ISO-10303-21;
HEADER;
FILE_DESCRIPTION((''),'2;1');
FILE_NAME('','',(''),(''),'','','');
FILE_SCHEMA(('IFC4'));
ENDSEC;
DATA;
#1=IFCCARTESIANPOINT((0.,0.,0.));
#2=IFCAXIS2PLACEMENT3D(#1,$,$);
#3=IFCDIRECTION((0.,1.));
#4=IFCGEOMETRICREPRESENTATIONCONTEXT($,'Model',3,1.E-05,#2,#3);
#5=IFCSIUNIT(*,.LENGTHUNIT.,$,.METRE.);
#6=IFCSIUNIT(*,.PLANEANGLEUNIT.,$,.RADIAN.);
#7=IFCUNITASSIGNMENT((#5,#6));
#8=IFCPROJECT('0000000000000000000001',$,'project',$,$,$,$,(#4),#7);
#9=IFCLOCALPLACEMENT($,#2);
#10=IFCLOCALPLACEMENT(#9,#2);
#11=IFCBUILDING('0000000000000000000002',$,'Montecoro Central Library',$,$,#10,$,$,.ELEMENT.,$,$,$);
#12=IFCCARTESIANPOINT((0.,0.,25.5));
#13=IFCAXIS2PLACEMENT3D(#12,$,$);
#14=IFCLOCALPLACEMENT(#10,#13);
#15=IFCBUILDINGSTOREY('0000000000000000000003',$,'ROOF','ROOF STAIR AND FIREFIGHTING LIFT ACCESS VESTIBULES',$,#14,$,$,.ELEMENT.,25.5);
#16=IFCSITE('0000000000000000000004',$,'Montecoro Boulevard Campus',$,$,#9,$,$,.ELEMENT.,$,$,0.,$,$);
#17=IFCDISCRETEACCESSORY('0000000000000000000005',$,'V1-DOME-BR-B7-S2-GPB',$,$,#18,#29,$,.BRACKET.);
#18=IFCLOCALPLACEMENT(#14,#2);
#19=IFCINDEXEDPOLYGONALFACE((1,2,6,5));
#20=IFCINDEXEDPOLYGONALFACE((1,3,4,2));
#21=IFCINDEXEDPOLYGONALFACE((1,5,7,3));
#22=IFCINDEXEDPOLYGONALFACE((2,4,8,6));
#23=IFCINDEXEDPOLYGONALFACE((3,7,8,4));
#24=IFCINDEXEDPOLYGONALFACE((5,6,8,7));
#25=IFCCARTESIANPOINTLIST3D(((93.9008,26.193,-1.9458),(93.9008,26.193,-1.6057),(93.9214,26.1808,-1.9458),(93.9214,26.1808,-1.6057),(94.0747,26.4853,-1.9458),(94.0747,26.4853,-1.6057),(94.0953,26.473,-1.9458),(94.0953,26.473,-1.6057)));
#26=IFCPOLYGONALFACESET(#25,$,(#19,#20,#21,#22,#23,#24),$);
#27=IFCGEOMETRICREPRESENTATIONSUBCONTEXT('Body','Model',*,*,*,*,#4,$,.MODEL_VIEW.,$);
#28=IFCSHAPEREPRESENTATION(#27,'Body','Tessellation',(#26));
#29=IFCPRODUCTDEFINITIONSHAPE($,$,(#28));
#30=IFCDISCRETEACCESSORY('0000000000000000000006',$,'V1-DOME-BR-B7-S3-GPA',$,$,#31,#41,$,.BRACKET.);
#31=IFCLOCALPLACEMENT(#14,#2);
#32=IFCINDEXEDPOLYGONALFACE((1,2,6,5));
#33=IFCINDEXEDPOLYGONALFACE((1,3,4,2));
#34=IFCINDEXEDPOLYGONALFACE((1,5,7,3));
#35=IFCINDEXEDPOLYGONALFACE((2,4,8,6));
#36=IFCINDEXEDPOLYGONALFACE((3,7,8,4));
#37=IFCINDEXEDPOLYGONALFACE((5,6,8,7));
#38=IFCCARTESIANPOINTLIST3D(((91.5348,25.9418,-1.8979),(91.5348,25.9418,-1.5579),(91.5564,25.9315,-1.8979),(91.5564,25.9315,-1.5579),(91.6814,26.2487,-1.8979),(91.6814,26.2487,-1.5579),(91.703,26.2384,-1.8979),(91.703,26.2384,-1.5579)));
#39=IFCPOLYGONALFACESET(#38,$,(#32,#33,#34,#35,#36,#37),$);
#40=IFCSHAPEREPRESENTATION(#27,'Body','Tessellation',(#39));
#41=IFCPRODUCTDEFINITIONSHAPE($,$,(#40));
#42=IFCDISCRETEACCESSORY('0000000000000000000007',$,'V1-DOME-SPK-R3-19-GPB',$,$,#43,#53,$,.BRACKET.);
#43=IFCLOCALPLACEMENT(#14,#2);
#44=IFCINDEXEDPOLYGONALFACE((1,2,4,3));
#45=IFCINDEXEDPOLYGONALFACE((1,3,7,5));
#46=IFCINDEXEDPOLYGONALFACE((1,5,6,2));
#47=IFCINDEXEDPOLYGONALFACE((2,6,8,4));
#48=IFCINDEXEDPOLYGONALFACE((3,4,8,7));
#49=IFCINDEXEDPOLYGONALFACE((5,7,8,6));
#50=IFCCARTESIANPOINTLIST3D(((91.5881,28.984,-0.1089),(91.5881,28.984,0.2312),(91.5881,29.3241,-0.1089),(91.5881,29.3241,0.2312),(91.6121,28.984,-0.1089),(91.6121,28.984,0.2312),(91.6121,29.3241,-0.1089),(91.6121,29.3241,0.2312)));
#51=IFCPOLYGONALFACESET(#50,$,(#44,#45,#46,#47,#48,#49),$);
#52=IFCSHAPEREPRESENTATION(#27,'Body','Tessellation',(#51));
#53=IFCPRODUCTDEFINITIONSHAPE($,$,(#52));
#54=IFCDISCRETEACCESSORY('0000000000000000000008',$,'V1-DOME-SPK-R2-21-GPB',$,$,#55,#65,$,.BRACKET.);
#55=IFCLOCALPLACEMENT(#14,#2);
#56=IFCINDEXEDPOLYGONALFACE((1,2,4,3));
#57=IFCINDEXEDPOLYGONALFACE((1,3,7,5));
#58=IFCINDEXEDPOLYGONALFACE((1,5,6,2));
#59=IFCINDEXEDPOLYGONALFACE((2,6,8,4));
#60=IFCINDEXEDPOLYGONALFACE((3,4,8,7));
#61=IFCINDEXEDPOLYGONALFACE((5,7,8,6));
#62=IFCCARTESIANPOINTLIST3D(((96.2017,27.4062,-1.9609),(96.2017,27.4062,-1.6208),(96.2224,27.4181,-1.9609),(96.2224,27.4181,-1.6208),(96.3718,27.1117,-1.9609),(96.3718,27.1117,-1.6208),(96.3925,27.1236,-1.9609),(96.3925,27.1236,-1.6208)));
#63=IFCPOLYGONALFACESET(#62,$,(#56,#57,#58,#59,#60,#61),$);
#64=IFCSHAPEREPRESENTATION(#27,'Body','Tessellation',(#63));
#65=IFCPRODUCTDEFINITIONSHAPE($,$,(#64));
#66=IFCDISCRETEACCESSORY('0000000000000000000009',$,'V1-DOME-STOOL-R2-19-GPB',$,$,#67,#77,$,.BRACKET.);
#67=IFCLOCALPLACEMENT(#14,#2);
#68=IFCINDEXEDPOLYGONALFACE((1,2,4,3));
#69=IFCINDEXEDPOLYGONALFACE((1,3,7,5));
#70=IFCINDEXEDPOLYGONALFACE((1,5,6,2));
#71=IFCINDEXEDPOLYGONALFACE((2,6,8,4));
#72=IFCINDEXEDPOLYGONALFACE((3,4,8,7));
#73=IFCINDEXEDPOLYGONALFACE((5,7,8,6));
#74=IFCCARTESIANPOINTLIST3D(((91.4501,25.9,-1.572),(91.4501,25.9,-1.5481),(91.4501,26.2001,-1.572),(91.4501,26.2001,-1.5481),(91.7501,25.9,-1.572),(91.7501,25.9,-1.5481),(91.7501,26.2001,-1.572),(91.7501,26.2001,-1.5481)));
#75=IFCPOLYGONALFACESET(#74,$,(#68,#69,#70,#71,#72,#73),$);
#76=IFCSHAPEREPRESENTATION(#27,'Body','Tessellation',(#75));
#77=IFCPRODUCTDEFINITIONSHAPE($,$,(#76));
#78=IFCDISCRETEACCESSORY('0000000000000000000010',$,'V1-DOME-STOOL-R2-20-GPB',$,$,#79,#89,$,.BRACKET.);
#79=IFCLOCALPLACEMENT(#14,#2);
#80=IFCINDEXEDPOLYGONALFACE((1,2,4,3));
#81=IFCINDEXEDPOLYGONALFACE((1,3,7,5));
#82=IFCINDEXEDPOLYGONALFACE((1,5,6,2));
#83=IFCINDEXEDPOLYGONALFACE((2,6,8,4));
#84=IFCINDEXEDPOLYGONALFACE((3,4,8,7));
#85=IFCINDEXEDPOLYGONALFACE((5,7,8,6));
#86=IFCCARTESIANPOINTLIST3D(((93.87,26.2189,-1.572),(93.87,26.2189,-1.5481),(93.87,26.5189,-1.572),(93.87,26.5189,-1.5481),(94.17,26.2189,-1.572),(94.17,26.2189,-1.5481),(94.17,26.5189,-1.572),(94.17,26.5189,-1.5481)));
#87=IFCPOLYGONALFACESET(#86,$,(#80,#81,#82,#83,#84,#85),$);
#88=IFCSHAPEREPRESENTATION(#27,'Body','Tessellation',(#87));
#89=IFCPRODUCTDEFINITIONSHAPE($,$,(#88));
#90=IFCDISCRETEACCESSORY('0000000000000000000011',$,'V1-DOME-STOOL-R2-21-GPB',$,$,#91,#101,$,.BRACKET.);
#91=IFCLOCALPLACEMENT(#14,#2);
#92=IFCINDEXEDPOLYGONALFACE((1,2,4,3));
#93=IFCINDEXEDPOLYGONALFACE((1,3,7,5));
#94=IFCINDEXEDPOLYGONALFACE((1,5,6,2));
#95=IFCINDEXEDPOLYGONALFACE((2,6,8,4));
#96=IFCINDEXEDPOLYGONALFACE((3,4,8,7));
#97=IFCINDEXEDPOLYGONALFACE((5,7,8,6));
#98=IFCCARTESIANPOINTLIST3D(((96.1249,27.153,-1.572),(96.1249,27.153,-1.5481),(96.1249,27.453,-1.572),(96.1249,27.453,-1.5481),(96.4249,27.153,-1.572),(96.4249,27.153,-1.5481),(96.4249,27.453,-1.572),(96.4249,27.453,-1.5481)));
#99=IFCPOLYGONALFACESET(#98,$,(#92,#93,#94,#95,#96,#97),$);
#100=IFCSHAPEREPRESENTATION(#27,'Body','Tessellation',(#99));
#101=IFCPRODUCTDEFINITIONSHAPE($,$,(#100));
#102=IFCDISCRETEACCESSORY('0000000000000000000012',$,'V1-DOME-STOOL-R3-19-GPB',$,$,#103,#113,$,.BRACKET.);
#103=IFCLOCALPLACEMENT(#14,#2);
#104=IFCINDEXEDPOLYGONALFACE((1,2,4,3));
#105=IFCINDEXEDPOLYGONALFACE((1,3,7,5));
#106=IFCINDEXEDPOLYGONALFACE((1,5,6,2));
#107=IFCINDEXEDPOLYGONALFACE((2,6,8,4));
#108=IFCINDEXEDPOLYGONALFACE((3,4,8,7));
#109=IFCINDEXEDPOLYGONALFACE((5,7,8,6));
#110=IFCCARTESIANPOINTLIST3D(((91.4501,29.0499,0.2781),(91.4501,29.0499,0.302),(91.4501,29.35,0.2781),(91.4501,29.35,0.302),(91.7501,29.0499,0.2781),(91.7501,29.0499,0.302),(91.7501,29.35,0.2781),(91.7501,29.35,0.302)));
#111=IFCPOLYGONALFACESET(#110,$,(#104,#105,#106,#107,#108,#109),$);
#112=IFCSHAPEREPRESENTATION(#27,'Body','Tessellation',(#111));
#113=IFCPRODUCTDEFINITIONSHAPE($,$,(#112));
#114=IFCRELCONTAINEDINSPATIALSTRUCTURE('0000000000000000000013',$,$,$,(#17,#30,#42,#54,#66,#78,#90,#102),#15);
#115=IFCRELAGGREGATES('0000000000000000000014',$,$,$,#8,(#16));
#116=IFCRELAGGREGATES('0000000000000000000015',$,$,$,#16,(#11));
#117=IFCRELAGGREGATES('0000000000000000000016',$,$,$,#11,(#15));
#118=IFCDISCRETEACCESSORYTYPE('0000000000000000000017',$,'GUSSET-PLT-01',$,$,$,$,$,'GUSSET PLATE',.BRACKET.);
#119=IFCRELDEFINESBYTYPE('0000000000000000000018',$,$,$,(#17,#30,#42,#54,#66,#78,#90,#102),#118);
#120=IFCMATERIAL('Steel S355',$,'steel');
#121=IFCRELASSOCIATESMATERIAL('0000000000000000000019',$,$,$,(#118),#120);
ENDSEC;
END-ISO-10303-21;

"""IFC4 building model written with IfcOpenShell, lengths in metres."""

from ifc_helpers import new_model, si_unit, direction, frame, origin, origin_2d, place, context, subcontext, project, spatial, rectangle, extrude, material, type_object, element, save


model = new_model("IFC4")

# Units and contexts
model_context = context("Model", 3, precision=1e-05, world=origin(), true_north=direction((0.0, 1.0)))
body_context = subcontext(model_context, "Body", "Model", "MODEL_VIEW")
ifc_project = project(units=[si_unit("LENGTHUNIT", "METRE"), si_unit("PLANEANGLEUNIT", "RADIAN")], contexts=[model_context])

# Site, building, storey
site_placement = place(None, origin())
site = spatial("IfcSite", under=ifc_project, at=site_placement, Name="Montecoro Boulevard Campus", CompositionType="ELEMENT", RefElevation=0.0)
building_placement = place(site_placement, origin())
building = spatial("IfcBuilding", under=site, at=building_placement, Name="Montecoro Central Library", CompositionType="ELEMENT")
storey_placement = place(building_placement, frame((0.0, 0.0, 25.5)))
storey = spatial("IfcBuildingStorey", under=building, at=storey_placement, Name="ROOF", Description="ROOF STAIR AND FIREFIGHTING LIFT ACCESS VESTIBULES", CompositionType="ELEMENT", Elevation=25.5)

# Shared definitions
ifc_material_1 = material(Name="Steel S355", Category="steel")

# Discrete accessories
discrete_accessory_type = type_object("IfcDiscreteAccessoryType", Name="GUSSET-PLT-01", ElementType="GUSSET PLATE", PredefinedType="BRACKET", material=ifc_material_1)
for number, where, z_axis, x_axis, name in (
    (1, (93.998, 26.333, -1.9458), (0.0, 0.0, 1.0), (0.511293, 0.859406, 0.0), "V1-DOME-BR-B7-S2-GPB"),
    (2, (91.6189, 26.0901, -1.8979), (0.0, 0.0, 1.0), (0.430826, 0.902435, 0.0), "V1-DOME-BR-B7-S3-GPA"),
    (3, (91.6001, 29.1541, -0.1089), (0.0, 0.0, 1.0), (0.0, 1.0, 0.0), "V1-DOME-SPK-R3-19-GPB"),
    (4, (96.2971, 27.2649, -1.9609), (0.0, 0.0, 1.0), (-0.500151, 0.865938, 0.0), "V1-DOME-SPK-R2-21-GPB"),
):
    element("IfcDiscreteAccessory", number, at=place(storey_placement, frame(where, z_axis=z_axis, x_axis=x_axis)), inside=storey, type_object=discrete_accessory_type, Name=name, PredefinedType="BRACKET", context=body_context, shape_type="SweptSolid", body=[
        extrude(rectangle(XDim=0.3401, YDim=0.0239, at=origin_2d()), origin(), (0.0, 0.0, 1.0), 0.3401),
    ])
for number, where, z_axis, x_axis, name in (
    (5, (91.6001, 26.05, -1.572), (0.0, 0.0, 1.0), (1.0, 0.0, 0.0), "V1-DOME-STOOL-R2-19-GPB"),
    (6, (94.02, 26.3689, -1.572), (0.0, 0.0, 1.0), (1.0, 0.0, 0.0), "V1-DOME-STOOL-R2-20-GPB"),
    (7, (96.2749, 27.303, -1.572), (0.0, 0.0, 1.0), (1.0, 0.0, 0.0), "V1-DOME-STOOL-R2-21-GPB"),
    (8, (91.6001, 29.2, 0.2781), (0.0, 0.0, 1.0), (1.0, 0.0, 0.0), "V1-DOME-STOOL-R3-19-GPB"),
):
    element("IfcDiscreteAccessory", number, at=place(storey_placement, frame(where, z_axis=z_axis, x_axis=x_axis)), inside=storey, type_object=discrete_accessory_type, Name=name, PredefinedType="BRACKET", context=body_context, shape_type="SweptSolid", body=[
        extrude(rectangle(XDim=0.3, YDim=0.3, at=origin_2d()), origin(), (0.0, 0.0, 1.0), 0.0239),
    ])

save(model, "model.ifc")
